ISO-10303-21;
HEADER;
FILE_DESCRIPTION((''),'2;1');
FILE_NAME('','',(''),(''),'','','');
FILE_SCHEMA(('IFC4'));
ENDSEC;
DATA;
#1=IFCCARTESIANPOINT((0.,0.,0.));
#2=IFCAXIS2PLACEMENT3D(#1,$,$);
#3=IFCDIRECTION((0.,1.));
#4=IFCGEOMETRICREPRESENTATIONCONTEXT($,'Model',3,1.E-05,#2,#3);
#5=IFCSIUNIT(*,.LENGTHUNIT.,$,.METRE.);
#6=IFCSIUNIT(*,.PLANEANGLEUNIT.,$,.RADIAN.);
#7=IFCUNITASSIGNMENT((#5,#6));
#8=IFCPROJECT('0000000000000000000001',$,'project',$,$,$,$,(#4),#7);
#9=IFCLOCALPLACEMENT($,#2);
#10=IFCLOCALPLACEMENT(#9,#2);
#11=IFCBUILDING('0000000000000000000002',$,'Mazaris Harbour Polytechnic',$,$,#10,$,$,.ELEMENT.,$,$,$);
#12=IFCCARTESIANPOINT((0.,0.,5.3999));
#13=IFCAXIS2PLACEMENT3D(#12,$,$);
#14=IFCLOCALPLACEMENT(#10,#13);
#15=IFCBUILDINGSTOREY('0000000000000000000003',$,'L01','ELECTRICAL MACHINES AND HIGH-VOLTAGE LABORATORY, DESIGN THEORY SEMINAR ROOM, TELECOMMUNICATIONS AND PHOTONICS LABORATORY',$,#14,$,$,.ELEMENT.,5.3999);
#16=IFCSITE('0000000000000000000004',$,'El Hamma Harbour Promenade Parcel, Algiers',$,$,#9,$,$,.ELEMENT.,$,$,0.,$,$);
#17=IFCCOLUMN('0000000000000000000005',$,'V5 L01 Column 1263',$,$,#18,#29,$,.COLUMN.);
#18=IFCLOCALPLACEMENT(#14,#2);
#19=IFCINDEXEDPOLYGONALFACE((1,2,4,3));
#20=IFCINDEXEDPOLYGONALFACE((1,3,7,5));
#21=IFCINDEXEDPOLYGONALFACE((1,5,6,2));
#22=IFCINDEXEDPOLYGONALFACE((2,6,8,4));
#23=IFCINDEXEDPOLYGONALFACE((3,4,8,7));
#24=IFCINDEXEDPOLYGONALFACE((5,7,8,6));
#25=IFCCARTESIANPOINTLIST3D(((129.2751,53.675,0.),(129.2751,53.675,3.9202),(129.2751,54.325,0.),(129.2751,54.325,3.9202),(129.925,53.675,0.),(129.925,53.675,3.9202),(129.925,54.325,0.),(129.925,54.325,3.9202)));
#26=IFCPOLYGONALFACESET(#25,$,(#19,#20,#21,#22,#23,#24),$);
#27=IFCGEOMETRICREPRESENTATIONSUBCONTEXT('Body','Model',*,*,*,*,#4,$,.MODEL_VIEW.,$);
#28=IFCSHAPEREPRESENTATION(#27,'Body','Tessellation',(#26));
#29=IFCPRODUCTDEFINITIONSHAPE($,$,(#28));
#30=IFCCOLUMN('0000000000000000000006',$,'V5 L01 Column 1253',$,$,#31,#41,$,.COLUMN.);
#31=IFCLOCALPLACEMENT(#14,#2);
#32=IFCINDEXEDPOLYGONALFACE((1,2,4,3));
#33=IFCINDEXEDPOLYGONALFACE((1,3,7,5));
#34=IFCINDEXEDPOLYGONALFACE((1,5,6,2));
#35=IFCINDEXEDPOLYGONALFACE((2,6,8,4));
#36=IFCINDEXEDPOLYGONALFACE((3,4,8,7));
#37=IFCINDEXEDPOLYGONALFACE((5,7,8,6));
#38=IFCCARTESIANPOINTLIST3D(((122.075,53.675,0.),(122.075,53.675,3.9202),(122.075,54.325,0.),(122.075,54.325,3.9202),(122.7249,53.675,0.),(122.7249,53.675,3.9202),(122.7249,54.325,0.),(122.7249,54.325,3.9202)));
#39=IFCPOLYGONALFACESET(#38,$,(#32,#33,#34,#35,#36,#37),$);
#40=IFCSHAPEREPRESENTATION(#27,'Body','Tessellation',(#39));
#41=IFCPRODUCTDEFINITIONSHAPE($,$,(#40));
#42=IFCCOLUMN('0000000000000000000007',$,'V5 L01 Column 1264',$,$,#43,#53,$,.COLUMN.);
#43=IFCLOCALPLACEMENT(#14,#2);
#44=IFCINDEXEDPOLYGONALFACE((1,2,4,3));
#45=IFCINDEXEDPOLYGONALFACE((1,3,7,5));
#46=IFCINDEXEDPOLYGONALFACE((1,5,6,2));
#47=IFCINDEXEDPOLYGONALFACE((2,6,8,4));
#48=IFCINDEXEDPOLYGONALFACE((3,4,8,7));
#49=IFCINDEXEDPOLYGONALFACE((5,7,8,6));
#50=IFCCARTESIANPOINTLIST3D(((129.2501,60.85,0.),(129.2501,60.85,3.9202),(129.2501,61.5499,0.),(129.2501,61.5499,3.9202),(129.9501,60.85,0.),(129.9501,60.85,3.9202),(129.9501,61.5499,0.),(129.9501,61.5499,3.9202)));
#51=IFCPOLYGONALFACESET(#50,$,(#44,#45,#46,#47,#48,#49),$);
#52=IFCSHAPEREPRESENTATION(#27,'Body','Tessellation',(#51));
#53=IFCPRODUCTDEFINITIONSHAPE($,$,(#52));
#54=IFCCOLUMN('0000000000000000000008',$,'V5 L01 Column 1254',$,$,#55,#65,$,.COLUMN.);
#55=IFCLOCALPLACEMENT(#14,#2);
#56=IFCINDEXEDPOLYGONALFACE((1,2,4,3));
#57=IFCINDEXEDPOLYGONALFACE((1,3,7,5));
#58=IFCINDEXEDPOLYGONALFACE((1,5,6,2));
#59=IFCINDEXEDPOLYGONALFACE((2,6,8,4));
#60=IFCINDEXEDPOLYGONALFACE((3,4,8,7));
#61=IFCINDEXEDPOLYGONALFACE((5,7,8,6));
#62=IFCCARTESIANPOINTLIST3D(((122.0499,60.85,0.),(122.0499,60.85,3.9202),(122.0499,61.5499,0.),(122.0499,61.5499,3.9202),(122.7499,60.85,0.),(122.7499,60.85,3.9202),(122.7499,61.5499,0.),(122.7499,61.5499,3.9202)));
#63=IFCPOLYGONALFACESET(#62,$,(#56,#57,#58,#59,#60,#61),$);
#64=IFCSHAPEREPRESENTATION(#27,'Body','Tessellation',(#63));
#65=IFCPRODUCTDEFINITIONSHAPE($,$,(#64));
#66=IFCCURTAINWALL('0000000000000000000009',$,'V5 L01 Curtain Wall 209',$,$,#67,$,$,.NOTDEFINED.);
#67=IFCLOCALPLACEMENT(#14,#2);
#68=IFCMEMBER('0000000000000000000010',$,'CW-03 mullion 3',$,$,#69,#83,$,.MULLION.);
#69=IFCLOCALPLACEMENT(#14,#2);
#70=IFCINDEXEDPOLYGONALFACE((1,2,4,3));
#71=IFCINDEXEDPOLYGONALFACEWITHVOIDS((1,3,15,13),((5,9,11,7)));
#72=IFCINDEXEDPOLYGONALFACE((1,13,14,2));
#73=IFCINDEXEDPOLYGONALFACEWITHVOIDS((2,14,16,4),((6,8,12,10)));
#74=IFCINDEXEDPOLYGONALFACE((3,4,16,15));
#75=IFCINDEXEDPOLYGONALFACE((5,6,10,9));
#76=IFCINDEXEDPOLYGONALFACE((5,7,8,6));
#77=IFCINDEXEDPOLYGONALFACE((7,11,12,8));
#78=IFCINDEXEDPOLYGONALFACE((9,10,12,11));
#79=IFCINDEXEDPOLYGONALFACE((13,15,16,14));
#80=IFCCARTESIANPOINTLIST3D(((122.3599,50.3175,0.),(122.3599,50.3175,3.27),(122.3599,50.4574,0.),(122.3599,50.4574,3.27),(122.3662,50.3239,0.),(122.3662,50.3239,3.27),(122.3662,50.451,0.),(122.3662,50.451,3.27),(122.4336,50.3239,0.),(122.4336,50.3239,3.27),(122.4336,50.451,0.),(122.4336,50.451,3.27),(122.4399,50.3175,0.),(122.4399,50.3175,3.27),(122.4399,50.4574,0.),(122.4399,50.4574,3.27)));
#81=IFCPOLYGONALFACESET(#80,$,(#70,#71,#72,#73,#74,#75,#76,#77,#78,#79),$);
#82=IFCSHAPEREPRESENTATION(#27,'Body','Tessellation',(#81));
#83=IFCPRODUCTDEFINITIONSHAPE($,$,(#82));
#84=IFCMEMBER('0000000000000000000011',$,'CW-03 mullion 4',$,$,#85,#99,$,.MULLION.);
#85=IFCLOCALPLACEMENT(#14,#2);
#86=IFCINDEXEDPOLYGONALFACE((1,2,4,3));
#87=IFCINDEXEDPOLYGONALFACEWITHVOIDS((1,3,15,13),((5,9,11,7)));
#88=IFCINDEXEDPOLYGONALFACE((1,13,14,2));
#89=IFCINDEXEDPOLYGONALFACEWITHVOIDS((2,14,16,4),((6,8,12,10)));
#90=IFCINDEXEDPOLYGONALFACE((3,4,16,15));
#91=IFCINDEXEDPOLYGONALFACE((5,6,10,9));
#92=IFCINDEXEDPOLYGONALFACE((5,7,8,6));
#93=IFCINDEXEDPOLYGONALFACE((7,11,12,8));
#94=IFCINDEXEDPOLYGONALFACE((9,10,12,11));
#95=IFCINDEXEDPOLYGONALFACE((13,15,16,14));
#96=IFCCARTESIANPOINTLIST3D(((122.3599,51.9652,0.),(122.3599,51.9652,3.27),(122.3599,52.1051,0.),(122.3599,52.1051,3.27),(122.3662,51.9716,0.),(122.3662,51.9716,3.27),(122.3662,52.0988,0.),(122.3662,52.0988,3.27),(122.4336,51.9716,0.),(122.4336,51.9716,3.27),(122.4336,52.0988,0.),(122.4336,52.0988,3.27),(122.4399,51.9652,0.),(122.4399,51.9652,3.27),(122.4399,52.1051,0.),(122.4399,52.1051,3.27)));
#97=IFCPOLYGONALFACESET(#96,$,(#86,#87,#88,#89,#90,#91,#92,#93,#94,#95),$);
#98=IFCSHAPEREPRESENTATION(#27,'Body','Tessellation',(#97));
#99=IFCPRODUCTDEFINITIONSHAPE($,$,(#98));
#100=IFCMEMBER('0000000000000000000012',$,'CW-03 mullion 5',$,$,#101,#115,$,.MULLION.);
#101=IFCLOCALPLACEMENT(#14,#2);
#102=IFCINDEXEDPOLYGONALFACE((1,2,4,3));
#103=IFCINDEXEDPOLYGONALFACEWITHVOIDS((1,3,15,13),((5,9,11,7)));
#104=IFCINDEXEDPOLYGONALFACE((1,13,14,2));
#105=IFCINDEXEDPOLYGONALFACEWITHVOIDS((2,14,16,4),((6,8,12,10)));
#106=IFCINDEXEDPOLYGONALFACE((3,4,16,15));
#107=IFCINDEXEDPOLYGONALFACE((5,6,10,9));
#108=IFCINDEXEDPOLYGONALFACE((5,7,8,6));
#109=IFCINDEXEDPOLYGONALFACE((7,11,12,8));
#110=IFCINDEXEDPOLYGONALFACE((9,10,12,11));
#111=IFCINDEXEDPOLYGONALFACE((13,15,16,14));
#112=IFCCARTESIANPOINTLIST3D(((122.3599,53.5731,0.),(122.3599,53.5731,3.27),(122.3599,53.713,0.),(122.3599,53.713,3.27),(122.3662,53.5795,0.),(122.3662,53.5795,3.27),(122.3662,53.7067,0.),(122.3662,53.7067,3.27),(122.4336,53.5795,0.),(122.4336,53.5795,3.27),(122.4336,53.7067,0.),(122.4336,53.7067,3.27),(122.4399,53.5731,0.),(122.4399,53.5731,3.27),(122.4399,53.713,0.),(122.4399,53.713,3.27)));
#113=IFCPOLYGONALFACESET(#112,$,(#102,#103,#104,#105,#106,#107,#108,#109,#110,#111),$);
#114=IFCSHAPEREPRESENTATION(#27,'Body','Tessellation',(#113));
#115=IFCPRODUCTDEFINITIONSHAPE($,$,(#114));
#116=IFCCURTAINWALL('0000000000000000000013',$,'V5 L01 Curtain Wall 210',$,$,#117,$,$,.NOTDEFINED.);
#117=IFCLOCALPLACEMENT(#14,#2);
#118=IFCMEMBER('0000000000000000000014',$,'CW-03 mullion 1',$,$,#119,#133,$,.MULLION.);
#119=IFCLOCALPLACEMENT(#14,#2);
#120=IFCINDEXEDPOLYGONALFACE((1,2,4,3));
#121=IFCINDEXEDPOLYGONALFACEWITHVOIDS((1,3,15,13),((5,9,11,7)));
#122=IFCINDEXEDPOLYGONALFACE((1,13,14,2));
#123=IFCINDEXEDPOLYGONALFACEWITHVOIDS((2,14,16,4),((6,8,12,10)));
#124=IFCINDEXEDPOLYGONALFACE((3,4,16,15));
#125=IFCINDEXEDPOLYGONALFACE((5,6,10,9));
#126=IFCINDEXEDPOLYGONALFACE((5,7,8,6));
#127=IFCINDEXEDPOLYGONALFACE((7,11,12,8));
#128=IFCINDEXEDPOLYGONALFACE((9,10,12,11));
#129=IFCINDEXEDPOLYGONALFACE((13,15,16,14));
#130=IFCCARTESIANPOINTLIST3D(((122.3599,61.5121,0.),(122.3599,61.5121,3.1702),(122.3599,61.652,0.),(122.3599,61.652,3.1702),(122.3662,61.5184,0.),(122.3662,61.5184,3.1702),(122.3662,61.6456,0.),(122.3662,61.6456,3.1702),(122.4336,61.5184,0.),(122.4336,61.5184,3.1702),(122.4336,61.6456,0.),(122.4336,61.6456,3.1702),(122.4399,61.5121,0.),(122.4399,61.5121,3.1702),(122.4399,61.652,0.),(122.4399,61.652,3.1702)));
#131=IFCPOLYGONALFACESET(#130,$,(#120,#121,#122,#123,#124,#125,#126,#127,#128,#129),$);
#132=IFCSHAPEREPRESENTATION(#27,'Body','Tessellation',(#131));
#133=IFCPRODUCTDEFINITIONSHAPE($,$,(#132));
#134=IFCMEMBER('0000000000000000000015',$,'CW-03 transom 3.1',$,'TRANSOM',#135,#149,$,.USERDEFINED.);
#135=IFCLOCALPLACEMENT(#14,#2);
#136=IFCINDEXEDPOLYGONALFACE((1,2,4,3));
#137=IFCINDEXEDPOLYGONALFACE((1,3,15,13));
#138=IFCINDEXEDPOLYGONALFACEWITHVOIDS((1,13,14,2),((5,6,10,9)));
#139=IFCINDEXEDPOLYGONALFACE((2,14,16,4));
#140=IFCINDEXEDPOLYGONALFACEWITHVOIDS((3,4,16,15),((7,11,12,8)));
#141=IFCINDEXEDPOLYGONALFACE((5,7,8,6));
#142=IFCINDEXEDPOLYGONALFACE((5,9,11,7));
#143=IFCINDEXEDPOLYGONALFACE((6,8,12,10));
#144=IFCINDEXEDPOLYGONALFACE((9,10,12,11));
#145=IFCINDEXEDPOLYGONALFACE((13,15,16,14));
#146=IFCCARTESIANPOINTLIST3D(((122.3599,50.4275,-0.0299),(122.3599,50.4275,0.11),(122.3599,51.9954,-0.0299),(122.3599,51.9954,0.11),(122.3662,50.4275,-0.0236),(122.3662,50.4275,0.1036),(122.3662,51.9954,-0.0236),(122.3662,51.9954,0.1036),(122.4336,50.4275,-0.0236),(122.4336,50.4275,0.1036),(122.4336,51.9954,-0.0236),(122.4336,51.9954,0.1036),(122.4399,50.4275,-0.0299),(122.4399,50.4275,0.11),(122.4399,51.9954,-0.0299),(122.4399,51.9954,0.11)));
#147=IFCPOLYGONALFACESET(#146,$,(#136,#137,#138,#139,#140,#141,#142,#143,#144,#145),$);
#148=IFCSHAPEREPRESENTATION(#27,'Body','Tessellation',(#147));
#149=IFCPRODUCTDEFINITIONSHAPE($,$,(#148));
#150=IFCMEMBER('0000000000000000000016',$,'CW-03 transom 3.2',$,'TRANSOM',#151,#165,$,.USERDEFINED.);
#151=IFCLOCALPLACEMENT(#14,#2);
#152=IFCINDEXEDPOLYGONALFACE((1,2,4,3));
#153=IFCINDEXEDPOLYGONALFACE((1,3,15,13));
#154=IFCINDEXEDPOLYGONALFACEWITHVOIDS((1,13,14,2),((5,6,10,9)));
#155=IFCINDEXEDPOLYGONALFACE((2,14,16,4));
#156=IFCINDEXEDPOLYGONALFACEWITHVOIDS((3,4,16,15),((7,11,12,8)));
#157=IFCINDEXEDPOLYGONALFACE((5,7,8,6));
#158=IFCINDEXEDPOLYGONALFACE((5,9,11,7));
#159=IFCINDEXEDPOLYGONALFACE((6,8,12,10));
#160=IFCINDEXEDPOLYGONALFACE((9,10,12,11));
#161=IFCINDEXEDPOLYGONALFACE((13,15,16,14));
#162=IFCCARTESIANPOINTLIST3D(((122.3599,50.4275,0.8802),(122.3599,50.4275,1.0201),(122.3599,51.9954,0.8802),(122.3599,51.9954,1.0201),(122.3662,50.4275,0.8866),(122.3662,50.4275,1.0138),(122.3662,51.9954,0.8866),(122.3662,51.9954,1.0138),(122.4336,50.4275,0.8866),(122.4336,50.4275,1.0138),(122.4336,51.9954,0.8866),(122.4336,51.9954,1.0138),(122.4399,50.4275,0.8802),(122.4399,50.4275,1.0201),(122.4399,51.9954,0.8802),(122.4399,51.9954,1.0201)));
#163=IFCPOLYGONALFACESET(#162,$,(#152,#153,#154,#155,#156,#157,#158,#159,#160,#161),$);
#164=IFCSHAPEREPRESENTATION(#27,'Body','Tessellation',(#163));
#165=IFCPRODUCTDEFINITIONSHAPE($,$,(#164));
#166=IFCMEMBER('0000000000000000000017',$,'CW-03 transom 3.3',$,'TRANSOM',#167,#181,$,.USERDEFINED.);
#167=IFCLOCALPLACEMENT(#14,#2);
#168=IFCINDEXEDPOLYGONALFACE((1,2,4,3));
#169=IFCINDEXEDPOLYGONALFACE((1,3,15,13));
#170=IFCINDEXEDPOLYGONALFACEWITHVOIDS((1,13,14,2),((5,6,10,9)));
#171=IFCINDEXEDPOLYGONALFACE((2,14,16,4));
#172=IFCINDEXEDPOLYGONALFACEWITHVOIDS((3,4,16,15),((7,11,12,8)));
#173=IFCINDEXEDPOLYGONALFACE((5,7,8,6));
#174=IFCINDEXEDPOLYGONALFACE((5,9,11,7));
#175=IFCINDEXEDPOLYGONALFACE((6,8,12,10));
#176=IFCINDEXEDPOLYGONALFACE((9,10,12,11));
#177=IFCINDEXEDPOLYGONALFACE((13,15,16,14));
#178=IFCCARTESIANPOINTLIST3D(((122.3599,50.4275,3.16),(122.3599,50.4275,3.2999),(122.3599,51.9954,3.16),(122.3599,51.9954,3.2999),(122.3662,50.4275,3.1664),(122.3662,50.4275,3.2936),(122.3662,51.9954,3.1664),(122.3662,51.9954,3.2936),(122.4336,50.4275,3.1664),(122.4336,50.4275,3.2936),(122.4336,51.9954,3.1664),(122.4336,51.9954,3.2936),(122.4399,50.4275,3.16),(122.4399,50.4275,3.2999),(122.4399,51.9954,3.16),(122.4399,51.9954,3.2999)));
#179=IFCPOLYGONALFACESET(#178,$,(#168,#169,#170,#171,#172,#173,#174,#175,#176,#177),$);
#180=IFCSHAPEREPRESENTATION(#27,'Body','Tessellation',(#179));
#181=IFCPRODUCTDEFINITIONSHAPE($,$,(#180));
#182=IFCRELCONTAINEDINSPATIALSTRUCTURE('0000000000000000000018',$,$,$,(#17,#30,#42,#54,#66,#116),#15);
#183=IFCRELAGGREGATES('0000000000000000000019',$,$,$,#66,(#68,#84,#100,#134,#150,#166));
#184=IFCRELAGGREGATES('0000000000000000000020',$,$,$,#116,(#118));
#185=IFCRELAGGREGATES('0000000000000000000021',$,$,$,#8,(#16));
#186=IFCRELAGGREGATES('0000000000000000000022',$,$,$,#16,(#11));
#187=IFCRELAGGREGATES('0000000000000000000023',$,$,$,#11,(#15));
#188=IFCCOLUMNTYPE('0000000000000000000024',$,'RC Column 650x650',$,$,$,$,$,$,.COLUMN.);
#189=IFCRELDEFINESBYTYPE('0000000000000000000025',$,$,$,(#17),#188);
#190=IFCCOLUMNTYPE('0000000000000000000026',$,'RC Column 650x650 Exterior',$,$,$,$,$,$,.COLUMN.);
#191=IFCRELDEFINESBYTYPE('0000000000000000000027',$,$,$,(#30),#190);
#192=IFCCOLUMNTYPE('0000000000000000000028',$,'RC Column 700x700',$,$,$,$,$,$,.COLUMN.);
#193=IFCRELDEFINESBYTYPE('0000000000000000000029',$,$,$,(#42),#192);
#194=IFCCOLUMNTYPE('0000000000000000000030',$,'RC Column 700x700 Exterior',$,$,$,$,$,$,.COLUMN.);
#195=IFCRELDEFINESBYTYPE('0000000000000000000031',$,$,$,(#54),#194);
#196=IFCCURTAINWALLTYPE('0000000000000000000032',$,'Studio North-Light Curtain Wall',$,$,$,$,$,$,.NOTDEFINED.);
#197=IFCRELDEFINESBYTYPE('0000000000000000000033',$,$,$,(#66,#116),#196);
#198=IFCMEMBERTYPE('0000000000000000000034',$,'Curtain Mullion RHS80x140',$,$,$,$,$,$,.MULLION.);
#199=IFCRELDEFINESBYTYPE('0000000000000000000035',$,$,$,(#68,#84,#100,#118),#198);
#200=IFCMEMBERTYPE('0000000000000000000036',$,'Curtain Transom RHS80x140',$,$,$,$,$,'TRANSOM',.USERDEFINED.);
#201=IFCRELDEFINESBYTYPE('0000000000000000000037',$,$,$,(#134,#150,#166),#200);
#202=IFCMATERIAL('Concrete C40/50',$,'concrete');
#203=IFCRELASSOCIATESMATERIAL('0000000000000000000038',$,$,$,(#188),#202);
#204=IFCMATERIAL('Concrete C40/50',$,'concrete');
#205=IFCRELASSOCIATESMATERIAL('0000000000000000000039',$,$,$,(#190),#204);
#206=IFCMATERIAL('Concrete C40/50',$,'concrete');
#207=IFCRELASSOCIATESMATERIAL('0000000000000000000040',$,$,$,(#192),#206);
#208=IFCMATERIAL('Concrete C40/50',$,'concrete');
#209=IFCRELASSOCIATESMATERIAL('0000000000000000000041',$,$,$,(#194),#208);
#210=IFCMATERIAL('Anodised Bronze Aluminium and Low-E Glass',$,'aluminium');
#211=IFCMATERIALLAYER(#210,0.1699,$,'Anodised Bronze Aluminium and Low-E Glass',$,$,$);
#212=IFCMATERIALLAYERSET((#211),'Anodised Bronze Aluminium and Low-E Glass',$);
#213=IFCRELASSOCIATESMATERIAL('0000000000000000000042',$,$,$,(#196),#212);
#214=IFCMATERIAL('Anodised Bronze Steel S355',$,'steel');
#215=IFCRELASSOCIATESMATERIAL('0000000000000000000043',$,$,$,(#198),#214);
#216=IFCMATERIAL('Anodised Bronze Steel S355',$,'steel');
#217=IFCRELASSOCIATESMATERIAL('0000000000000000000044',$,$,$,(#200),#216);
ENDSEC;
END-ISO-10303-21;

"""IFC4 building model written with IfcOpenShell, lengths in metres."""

from ifc_helpers import new_model, si_unit, direction, frame, origin, origin_2d, place, context, subcontext, project, spatial, rectangle, hollow_rectangle, extrude, material, layer, layer_set, material_profile, profile_set, type_object, element, aggregate, save


model = new_model("IFC4")

# Units and contexts
model_context = context("Model", 3, precision=1e-05, world=origin(), true_north=direction((0.0, 1.0)))
body_context = subcontext(model_context, "Body", "Model", "MODEL_VIEW")
ifc_project = project(units=[si_unit("LENGTHUNIT", "METRE"), si_unit("PLANEANGLEUNIT", "RADIAN")], contexts=[model_context])

# Site, building, storey
site_placement = place(None, origin())
site = spatial("IfcSite", under=ifc_project, at=site_placement, Name="El Hamma Harbour Promenade Parcel, Algiers", CompositionType="ELEMENT", RefElevation=0.0)
building_placement = place(site_placement, origin())
building = spatial("IfcBuilding", under=site, at=building_placement, Name="Mazaris Harbour Polytechnic", CompositionType="ELEMENT")
storey_placement = place(building_placement, frame((0.0, 0.0, 5.3999)))
storey = spatial("IfcBuildingStorey", under=building, at=storey_placement, Name="L01", Description="ELECTRICAL MACHINES AND HIGH-VOLTAGE LABORATORY, DESIGN THEORY SEMINAR ROOM, TELECOMMUNICATIONS AND PHOTONICS LABORATORY", CompositionType="ELEMENT", Elevation=5.3999)

# Columns
ifc_material_1 = material(Name="Concrete C40/50", Category="concrete")
ifc_material_profile_1 = material_profile(ifc_material_1, rectangle(XDim=0.6499, YDim=0.6499, at=origin_2d()), Name="RECT650x650")
ifc_profile_set_1 = profile_set([ifc_material_profile_1], Name="Concrete C40/50")
column_type_1 = type_object("IfcColumnType", Name="RC Column 650x650", PredefinedType="COLUMN", material=ifc_profile_set_1)
column_1_placement = place(storey_placement, frame((129.6001, 54.0, 0.0), z_axis=(0.0, 0.0, 1.0), x_axis=(1.0, 0.0, 0.0)))
element("IfcColumn", 1, at=column_1_placement, inside=storey, type_object=column_type_1, Name="V5 L01 Column 1263", PredefinedType="COLUMN", context=body_context, shape_type="SweptSolid", body=[
    extrude(rectangle(XDim=0.6499, YDim=0.6499, at=origin_2d()), origin(), (0.0, 0.0, 1.0), 3.9202),
])
ifc_material_2 = material(Name="Concrete C40/50", Category="concrete")
ifc_material_profile_2 = material_profile(ifc_material_2, rectangle(XDim=0.6499, YDim=0.6499, at=origin_2d()), Name="RECT650x650")
ifc_profile_set_2 = profile_set([ifc_material_profile_2], Name="Concrete C40/50")
column_type_2 = type_object("IfcColumnType", Name="RC Column 650x650 Exterior", PredefinedType="COLUMN", material=ifc_profile_set_2)
column_2_placement = place(storey_placement, frame((122.3999, 54.0, 0.0), z_axis=(0.0, 0.0, 1.0), x_axis=(1.0, 0.0, 0.0)))
element("IfcColumn", 2, at=column_2_placement, inside=storey, type_object=column_type_2, Name="V5 L01 Column 1253", PredefinedType="COLUMN", context=body_context, shape_type="SweptSolid", body=[
    extrude(rectangle(XDim=0.6499, YDim=0.6499, at=origin_2d()), origin(), (0.0, 0.0, 1.0), 3.9202),
])
ifc_material_3 = material(Name="Concrete C40/50", Category="concrete")
ifc_material_profile_3 = material_profile(ifc_material_3, rectangle(XDim=0.7, YDim=0.7, at=origin_2d()), Name="RECT700x700")
ifc_profile_set_3 = profile_set([ifc_material_profile_3], Name="Concrete C40/50")
column_type_3 = type_object("IfcColumnType", Name="RC Column 700x700", PredefinedType="COLUMN", material=ifc_profile_set_3)
column_3_placement = place(storey_placement, frame((129.6001, 61.2, 0.0), z_axis=(0.0, 0.0, 1.0), x_axis=(1.0, 0.0, 0.0)))
element("IfcColumn", 3, at=column_3_placement, inside=storey, type_object=column_type_3, Name="V5 L01 Column 1264", PredefinedType="COLUMN", context=body_context, shape_type="SweptSolid", body=[
    extrude(rectangle(XDim=0.7, YDim=0.7, at=origin_2d()), origin(), (0.0, 0.0, 1.0), 3.9202),
])
ifc_material_4 = material(Name="Concrete C40/50", Category="concrete")
ifc_material_profile_4 = material_profile(ifc_material_4, rectangle(XDim=0.7, YDim=0.7, at=origin_2d()), Name="RECT700x700")
ifc_profile_set_4 = profile_set([ifc_material_profile_4], Name="Concrete C40/50")
column_type_4 = type_object("IfcColumnType", Name="RC Column 700x700 Exterior", PredefinedType="COLUMN", material=ifc_profile_set_4)
column_4_placement = place(storey_placement, frame((122.3999, 61.2, 0.0), z_axis=(0.0, 0.0, 1.0), x_axis=(1.0, 0.0, 0.0)))
element("IfcColumn", 4, at=column_4_placement, inside=storey, type_object=column_type_4, Name="V5 L01 Column 1254", PredefinedType="COLUMN", context=body_context, shape_type="SweptSolid", body=[
    extrude(rectangle(XDim=0.7, YDim=0.7, at=origin_2d()), origin(), (0.0, 0.0, 1.0), 3.9202),
])

# Curtain wall, members
ifc_material_5 = material(Name="Anodised Bronze Aluminium and Low-E Glass", Category="aluminium")
ifc_layer_1 = layer(ifc_material_5, 0.1699, Name="Anodised Bronze Aluminium and Low-E Glass")
ifc_layer_set_1 = layer_set([ifc_layer_1], Name="Anodised Bronze Aluminium and Low-E Glass")
curtain_wall_type = type_object("IfcCurtainWallType", Name="Studio North-Light Curtain Wall", PredefinedType="NOTDEFINED", material=ifc_layer_set_1)
curtain_wall_1_placement = place(storey_placement, origin())
curtain_wall_1 = element("IfcCurtainWall", 5, at=curtain_wall_1_placement, inside=storey, type_object=curtain_wall_type, Name="V5 L01 Curtain Wall 209", PredefinedType="NOTDEFINED")
ifc_material_6 = material(Name="Anodised Bronze Steel S355", Category="steel")
ifc_material_profile_5 = material_profile(ifc_material_6, hollow_rectangle(XDim=0.0801, YDim=0.1399, WallThickness=0.0063, at=origin_2d()), Name="RHS 80x140x6.3")
ifc_profile_set_5 = profile_set([ifc_material_profile_5], Name="Anodised Bronze Steel S355")
member_type_1 = type_object("IfcMemberType", Name="Curtain Mullion RHS80x140", PredefinedType="MULLION", material=ifc_profile_set_5)
member_1_placement = place(storey_placement, frame((122.3999, 50.3875, 0.0), z_axis=(0.0, 0.0, 1.0), x_axis=(-1.0, 0.0, 0.0)))
member_1 = element("IfcMember", 6, at=member_1_placement, type_object=member_type_1, Name="CW-03 mullion 3", PredefinedType="MULLION", context=body_context, shape_type="SweptSolid", body=[
    extrude(hollow_rectangle(XDim=0.0801, YDim=0.1399, WallThickness=0.0063, at=origin_2d()), origin(), (0.0, 0.0, 1.0), 3.27),
])
member_2_placement = place(storey_placement, frame((122.3999, 52.0352, 0.0), z_axis=(0.0, 0.0, 1.0), x_axis=(-1.0, 0.0, 0.0)))
member_2 = element("IfcMember", 7, at=member_2_placement, type_object=member_type_1, Name="CW-03 mullion 4", PredefinedType="MULLION", context=body_context, shape_type="SweptSolid", body=[
    extrude(hollow_rectangle(XDim=0.0801, YDim=0.1399, WallThickness=0.0063, at=origin_2d()), origin(), (0.0, 0.0, 1.0), 3.27),
])
member_3_placement = place(storey_placement, frame((122.3999, 53.6431, 0.0), z_axis=(0.0, 0.0, 1.0), x_axis=(-1.0, 0.0, 0.0)))
member_3 = element("IfcMember", 8, at=member_3_placement, type_object=member_type_1, Name="CW-03 mullion 5", PredefinedType="MULLION", context=body_context, shape_type="SweptSolid", body=[
    extrude(hollow_rectangle(XDim=0.0801, YDim=0.1399, WallThickness=0.0063, at=origin_2d()), origin(), (0.0, 0.0, 1.0), 3.27),
])

# Curtain wall, member
curtain_wall_2_placement = place(storey_placement, origin())
curtain_wall_2 = element("IfcCurtainWall", 9, at=curtain_wall_2_placement, inside=storey, type_object=curtain_wall_type, Name="V5 L01 Curtain Wall 210", PredefinedType="NOTDEFINED")
member_4_placement = place(storey_placement, frame((122.3999, 61.582, 0.0), z_axis=(0.0, 0.0, 1.0), x_axis=(-1.0, 0.0, 0.0)))
member_4 = element("IfcMember", 10, at=member_4_placement, type_object=member_type_1, Name="CW-03 mullion 1", PredefinedType="MULLION", context=body_context, shape_type="SweptSolid", body=[
    extrude(hollow_rectangle(XDim=0.0801, YDim=0.1399, WallThickness=0.0063, at=origin_2d()), origin(), (0.0, 0.0, 1.0), 3.1702),
])

# Members
ifc_material_7 = material(Name="Anodised Bronze Steel S355", Category="steel")
ifc_material_profile_6 = material_profile(ifc_material_7, hollow_rectangle(XDim=0.0801, YDim=0.1399, WallThickness=0.0063, at=origin_2d()), Name="RHS 80x140x6.3")
ifc_profile_set_6 = profile_set([ifc_material_profile_6], Name="Anodised Bronze Steel S355")
member_type_2 = type_object("IfcMemberType", Name="Curtain Transom RHS80x140", ElementType="TRANSOM", PredefinedType="USERDEFINED", material=ifc_profile_set_6)
member_5_placement = place(storey_placement, frame((122.3999, 50.4275, 0.04), z_axis=(0.0, 1.0, 0.0), x_axis=(-1.0, 0.0, 0.0)))
member_5 = element("IfcMember", 11, at=member_5_placement, type_object=member_type_2, Name="CW-03 transom 3.1", ObjectType="TRANSOM", PredefinedType="USERDEFINED", context=body_context, shape_type="SweptSolid", body=[
    extrude(hollow_rectangle(XDim=0.0801, YDim=0.1399, WallThickness=0.0063, at=origin_2d()), origin(), (0.0, 0.0, 1.0), 1.5679),
])
member_6_placement = place(storey_placement, frame((122.3999, 50.4275, 0.9502), z_axis=(0.0, 1.0, 0.0), x_axis=(-1.0, 0.0, 0.0)))
member_6 = element("IfcMember", 12, at=member_6_placement, type_object=member_type_2, Name="CW-03 transom 3.2", ObjectType="TRANSOM", PredefinedType="USERDEFINED", context=body_context, shape_type="SweptSolid", body=[
    extrude(hollow_rectangle(XDim=0.0801, YDim=0.1399, WallThickness=0.0063, at=origin_2d()), origin(), (0.0, 0.0, 1.0), 1.5679),
])
member_7_placement = place(storey_placement, frame((122.3999, 50.4275, 3.23), z_axis=(0.0, 1.0, 0.0), x_axis=(-1.0, 0.0, 0.0)))
member_7 = element("IfcMember", 13, at=member_7_placement, type_object=member_type_2, Name="CW-03 transom 3.3", ObjectType="TRANSOM", PredefinedType="USERDEFINED", context=body_context, shape_type="SweptSolid", body=[
    extrude(hollow_rectangle(XDim=0.0801, YDim=0.1399, WallThickness=0.0063, at=origin_2d()), origin(), (0.0, 0.0, 1.0), 1.5679),
])

aggregate(curtain_wall_1, [member_1, member_2, member_3, member_5, member_6, member_7])
aggregate(curtain_wall_2, [member_4])

save(model, "model.ifc")
